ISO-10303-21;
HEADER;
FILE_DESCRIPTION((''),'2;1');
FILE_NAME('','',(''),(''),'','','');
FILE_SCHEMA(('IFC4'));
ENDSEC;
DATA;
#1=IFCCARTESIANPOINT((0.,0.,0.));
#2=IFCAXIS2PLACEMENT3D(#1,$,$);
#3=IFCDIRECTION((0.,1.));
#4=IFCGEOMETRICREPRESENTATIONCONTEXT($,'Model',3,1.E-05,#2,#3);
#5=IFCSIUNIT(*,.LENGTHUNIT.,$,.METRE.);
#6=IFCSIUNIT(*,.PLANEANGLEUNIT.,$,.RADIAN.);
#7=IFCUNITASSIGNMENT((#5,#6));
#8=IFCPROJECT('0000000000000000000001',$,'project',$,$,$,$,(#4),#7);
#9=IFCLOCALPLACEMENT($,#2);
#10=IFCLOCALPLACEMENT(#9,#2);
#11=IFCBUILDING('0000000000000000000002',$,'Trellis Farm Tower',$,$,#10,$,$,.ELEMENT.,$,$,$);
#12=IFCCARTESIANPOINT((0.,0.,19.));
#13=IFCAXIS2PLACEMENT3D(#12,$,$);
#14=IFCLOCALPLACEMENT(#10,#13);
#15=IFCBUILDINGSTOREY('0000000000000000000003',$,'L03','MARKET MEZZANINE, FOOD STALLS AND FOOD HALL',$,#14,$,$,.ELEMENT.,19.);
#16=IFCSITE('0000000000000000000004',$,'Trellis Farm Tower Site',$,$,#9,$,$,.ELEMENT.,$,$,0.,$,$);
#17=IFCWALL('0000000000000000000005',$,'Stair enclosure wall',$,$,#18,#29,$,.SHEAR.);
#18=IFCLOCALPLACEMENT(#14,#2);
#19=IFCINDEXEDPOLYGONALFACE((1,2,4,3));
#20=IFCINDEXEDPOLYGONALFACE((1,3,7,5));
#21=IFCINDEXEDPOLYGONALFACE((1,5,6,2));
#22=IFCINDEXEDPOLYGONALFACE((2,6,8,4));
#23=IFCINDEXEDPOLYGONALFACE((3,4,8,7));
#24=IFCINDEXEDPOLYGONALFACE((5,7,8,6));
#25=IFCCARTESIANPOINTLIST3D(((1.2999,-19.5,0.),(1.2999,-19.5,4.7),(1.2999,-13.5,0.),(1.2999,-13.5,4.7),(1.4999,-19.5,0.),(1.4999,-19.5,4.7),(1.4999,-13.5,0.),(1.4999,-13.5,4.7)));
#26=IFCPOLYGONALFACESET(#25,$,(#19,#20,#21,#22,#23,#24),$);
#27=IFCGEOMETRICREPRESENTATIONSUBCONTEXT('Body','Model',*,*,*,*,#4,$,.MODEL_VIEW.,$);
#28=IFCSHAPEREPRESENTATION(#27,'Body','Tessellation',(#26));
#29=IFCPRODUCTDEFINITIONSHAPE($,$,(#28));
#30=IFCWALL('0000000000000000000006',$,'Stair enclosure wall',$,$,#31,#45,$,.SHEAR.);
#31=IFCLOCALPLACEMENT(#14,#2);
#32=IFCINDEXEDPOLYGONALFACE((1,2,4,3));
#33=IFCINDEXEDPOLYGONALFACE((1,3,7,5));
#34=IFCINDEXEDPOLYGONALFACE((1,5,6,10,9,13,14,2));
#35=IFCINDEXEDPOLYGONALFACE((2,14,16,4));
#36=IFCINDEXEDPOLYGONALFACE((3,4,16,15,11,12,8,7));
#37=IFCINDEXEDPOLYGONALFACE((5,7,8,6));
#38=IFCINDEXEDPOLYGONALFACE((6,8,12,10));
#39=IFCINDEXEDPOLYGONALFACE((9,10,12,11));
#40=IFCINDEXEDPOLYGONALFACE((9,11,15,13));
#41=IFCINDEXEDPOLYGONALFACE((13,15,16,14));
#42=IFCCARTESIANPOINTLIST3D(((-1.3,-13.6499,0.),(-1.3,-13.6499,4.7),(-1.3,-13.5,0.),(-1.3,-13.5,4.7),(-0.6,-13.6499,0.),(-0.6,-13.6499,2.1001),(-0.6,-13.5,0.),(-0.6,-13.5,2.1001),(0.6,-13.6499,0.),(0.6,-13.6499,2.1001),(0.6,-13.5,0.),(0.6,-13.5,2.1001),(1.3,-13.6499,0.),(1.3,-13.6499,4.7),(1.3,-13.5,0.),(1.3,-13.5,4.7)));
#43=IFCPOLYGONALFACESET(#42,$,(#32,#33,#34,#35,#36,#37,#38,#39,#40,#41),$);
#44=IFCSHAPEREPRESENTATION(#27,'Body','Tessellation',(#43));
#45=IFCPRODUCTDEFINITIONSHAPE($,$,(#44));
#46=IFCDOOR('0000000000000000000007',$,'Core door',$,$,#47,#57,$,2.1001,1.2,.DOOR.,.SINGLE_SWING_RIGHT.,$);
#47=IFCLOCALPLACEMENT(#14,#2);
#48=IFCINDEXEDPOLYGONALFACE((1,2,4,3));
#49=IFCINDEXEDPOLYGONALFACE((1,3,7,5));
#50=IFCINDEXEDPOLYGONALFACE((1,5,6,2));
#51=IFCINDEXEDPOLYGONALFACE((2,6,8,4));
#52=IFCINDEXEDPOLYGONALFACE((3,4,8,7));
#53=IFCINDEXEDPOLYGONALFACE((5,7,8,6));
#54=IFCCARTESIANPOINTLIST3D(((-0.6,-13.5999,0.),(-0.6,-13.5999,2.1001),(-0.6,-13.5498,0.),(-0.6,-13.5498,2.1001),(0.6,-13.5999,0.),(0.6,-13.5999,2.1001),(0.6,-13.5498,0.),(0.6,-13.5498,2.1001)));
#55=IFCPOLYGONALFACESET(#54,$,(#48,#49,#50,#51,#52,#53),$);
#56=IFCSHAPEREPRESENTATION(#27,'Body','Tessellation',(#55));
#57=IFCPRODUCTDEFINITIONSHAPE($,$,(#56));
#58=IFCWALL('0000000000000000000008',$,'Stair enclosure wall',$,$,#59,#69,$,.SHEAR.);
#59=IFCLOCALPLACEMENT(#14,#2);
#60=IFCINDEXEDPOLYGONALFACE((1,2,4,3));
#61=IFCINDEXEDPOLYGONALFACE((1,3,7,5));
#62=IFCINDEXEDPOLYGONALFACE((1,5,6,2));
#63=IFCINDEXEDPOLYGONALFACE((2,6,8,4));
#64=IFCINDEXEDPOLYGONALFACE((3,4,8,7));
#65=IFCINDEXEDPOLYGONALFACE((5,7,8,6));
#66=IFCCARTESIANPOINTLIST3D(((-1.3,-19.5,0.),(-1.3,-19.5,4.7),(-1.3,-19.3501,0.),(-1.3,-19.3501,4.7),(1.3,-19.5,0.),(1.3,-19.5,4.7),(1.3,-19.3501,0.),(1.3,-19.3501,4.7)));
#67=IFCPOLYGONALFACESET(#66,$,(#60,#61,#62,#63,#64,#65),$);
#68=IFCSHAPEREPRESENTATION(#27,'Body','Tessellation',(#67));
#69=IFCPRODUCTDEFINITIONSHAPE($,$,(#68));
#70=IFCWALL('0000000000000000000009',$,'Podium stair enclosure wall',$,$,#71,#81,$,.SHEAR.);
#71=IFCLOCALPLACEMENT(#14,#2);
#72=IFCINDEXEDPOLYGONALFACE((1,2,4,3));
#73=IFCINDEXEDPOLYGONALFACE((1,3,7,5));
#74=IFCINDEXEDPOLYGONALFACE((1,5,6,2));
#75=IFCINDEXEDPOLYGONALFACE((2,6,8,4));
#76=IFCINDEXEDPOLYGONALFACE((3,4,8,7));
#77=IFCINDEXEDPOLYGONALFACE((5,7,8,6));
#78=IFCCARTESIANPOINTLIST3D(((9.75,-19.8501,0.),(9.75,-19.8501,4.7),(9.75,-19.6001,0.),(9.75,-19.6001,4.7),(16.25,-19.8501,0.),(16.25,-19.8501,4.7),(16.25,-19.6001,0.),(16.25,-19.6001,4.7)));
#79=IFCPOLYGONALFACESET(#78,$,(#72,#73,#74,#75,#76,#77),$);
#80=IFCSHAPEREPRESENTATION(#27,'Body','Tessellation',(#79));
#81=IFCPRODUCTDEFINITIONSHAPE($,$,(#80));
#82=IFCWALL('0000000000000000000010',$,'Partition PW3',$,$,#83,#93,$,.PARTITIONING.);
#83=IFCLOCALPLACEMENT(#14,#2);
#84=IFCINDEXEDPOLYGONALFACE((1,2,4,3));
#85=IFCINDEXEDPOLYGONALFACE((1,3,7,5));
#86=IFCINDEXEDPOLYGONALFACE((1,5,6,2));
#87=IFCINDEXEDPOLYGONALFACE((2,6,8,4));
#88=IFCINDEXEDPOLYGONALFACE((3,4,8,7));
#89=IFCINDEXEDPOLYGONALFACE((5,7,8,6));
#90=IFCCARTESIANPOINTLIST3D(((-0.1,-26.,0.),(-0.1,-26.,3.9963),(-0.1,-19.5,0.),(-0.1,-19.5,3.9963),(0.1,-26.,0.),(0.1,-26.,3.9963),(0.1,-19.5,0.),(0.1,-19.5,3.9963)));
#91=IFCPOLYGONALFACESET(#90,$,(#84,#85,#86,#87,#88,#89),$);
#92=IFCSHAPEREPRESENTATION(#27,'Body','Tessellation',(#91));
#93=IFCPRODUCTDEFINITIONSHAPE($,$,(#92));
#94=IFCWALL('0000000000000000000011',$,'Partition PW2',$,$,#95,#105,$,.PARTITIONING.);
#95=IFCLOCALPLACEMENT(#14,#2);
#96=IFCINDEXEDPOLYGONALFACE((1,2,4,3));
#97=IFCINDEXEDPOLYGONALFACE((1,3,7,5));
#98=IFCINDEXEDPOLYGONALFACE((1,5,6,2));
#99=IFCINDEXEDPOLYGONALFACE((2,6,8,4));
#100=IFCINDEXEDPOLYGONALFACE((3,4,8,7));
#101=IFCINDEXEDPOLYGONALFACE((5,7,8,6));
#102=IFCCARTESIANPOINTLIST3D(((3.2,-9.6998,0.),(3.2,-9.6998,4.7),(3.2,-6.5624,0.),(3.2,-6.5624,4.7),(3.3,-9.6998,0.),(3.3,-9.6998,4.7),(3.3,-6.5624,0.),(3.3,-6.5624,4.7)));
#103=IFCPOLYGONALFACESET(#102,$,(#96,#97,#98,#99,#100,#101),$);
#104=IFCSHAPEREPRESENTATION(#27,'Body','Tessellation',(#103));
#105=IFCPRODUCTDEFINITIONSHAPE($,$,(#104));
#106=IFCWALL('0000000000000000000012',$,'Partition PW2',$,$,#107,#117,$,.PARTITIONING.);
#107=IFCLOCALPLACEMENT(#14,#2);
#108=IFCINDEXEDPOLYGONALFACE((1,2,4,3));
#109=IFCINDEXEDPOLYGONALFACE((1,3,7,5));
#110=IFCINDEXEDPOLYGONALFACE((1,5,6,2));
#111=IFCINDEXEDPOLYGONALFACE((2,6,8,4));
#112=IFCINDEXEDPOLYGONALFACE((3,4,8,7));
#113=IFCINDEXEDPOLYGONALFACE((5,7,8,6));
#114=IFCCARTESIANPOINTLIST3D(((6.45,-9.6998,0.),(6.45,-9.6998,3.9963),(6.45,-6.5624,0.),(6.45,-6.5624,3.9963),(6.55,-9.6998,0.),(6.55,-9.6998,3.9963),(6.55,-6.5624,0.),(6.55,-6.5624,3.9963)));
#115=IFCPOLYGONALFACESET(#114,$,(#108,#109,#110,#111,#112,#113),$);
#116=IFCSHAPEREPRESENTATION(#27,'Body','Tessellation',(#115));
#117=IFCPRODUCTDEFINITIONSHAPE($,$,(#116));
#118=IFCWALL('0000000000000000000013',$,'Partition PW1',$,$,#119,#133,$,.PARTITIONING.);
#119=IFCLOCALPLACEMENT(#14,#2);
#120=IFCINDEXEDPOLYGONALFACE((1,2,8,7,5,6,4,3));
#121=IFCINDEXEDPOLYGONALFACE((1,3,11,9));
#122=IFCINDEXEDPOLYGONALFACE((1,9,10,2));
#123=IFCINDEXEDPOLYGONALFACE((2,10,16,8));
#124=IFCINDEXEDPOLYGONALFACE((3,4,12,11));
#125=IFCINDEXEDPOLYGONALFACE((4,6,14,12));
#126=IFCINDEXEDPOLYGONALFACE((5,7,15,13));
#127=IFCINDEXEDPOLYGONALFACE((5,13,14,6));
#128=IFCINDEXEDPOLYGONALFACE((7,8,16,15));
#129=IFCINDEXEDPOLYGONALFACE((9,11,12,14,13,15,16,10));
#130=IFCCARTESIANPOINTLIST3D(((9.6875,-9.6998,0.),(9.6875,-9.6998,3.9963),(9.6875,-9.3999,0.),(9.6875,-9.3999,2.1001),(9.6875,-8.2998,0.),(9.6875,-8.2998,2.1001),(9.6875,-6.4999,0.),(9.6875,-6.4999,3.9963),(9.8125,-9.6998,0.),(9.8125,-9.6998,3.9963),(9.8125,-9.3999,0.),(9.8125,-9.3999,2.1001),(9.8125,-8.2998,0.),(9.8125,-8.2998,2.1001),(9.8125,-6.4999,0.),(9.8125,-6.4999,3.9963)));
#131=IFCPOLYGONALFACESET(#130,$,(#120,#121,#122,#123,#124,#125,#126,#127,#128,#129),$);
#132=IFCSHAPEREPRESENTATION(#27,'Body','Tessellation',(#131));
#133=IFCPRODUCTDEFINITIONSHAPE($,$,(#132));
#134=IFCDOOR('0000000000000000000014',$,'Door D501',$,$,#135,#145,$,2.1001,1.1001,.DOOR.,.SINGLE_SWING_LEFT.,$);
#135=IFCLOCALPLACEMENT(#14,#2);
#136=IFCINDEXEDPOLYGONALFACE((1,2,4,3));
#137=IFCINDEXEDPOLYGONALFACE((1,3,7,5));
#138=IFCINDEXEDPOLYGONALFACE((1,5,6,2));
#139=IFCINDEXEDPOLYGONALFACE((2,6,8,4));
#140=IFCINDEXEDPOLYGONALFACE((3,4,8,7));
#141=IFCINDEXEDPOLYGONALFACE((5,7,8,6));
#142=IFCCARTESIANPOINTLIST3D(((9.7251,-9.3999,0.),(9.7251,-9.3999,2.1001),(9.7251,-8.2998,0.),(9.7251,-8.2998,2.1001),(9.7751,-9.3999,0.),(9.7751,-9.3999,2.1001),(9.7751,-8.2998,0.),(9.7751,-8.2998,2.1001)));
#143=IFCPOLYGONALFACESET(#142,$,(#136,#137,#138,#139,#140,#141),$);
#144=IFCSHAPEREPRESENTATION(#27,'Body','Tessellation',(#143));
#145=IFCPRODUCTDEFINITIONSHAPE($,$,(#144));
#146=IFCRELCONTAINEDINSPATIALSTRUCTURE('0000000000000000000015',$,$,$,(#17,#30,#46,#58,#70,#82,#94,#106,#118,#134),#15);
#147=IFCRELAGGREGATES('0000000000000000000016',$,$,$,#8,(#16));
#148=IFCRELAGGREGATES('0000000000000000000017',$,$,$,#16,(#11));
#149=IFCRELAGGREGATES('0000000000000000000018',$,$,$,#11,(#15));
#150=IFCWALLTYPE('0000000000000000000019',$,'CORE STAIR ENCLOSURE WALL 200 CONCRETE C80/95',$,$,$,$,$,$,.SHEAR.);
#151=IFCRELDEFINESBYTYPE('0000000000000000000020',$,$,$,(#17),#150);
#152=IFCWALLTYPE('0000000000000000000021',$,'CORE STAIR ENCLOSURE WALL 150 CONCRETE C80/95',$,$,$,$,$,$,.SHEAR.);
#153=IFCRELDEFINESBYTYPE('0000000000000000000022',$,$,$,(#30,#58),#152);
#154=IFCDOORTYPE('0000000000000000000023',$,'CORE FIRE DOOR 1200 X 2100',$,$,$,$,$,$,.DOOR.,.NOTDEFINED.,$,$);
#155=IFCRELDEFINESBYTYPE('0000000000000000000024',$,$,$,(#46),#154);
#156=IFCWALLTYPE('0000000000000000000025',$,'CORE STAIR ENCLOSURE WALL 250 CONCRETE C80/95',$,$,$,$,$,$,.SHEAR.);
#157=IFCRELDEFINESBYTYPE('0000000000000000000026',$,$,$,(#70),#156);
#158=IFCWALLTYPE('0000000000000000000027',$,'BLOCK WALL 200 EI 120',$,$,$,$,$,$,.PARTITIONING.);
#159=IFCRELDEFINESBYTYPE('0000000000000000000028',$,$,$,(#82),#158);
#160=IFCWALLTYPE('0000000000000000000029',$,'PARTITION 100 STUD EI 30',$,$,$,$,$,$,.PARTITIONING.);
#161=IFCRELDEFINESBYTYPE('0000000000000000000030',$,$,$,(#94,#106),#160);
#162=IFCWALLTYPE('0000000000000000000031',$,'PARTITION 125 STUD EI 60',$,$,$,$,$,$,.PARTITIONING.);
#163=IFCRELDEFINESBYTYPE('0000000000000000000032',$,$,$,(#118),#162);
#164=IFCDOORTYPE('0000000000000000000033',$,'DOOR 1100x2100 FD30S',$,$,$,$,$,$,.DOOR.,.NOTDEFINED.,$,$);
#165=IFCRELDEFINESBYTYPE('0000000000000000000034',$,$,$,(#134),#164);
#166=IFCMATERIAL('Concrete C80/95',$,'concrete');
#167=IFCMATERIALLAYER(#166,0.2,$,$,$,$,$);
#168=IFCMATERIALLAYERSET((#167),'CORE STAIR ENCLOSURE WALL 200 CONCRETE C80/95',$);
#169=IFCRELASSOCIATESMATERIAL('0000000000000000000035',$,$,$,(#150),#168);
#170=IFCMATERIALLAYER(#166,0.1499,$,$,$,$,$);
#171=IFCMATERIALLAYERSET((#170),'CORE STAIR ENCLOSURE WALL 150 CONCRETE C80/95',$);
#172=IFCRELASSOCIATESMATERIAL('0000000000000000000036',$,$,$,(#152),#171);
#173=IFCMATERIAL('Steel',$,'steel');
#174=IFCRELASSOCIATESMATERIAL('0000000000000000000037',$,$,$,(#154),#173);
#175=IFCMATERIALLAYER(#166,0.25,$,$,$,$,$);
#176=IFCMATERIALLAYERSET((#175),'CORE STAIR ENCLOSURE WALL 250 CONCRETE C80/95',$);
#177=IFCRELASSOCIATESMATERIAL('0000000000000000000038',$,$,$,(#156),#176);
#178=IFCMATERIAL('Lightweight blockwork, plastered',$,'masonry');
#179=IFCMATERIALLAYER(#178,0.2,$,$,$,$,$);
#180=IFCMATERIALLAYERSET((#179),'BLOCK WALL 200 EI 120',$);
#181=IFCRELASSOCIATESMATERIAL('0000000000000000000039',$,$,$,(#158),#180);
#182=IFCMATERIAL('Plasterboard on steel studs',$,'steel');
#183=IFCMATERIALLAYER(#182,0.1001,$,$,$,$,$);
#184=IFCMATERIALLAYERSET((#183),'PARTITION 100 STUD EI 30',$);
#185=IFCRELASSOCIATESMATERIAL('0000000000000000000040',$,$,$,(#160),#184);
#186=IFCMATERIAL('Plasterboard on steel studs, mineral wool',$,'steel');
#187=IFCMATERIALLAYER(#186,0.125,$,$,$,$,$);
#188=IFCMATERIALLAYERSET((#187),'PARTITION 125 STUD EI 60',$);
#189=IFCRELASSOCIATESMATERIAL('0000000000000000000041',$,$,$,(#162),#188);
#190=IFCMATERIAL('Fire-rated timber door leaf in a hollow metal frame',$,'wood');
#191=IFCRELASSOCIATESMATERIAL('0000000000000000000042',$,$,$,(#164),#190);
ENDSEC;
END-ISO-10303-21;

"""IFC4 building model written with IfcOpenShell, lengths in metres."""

from ifc_helpers import new_model, si_unit, direction, frame, frame_2d, origin, place, context, subcontext, project, spatial, rectangle, extrude, source, transform, mapped, material, layer, layer_set, type_object, element, fill, save


model = new_model("IFC4")

# Units and contexts
model_context = context("Model", 3, precision=1e-05, world=origin(), true_north=direction((0.0, 1.0)))
body_context = subcontext(model_context, "Body", "Model", "MODEL_VIEW")
ifc_project = project(units=[si_unit("LENGTHUNIT", "METRE"), si_unit("PLANEANGLEUNIT", "RADIAN")], contexts=[model_context])

# Site, building, storey
site_placement = place(None, origin())
site = spatial("IfcSite", under=ifc_project, at=site_placement, Name="Trellis Farm Tower Site", CompositionType="ELEMENT", RefElevation=0.0)
building_placement = place(site_placement, origin())
building = spatial("IfcBuilding", under=site, at=building_placement, Name="Trellis Farm Tower", CompositionType="ELEMENT")
storey_placement = place(building_placement, frame((0.0, 0.0, 19.0)))
storey = spatial("IfcBuildingStorey", under=building, at=storey_placement, Name="L03", Description="MARKET MEZZANINE, FOOD STALLS AND FOOD HALL", CompositionType="ELEMENT", Elevation=19.0)

# Shared definitions
ifc_material_1 = material(Name="Concrete C80/95", Category="concrete")

# Wall
ifc_layer_1 = layer(ifc_material_1, 0.2)
ifc_layer_set_1 = layer_set([ifc_layer_1], Name="CORE STAIR ENCLOSURE WALL 200 CONCRETE C80/95")
wall_type_1 = type_object("IfcWallType", Name="CORE STAIR ENCLOSURE WALL 200 CONCRETE C80/95", PredefinedType="SHEAR", material=ifc_layer_set_1)
shared_shape_1 = source(origin(), body_context, "Body", "SweptSolid", [
    extrude(rectangle(XDim=6.0, YDim=0.2, at=frame_2d((3.0, 0.0))), origin(), (0.0, 0.0, 1.0), 4.7),
])
wall_1_placement = place(storey_placement, frame((1.3999, -13.5, 0.0), z_axis=(0.0, 0.0, 1.0), x_axis=(0.0, -1.0, 0.0)))
element("IfcWall", 1, at=wall_1_placement, inside=storey, type_object=wall_type_1, Name="Stair enclosure wall", PredefinedType="SHEAR", context=body_context, shape_type="MappedRepresentation", body=[
    mapped(shared_shape_1, transform((0.0, 0.0, 0.0))),
])

# Wall, opening, door
ifc_layer_2 = layer(ifc_material_1, 0.1499)
ifc_layer_set_2 = layer_set([ifc_layer_2], Name="CORE STAIR ENCLOSURE WALL 150 CONCRETE C80/95")
wall_type_2 = type_object("IfcWallType", Name="CORE STAIR ENCLOSURE WALL 150 CONCRETE C80/95", PredefinedType="SHEAR", material=ifc_layer_set_2)
shared_shape_2 = source(origin(), body_context, "Body", "SweptSolid", [
    extrude(rectangle(XDim=2.6001, YDim=0.1499, at=frame_2d((1.3, 0.0))), origin(), (0.0, 0.0, 1.0), 4.7),
])
wall_2_placement = place(storey_placement, frame((1.3, -13.575, 0.0), z_axis=(0.0, 0.0, 1.0), x_axis=(-1.0, 0.0, 0.0)))
wall_2 = element("IfcWall", 2, at=wall_2_placement, inside=storey, type_object=wall_type_2, Name="Stair enclosure wall", PredefinedType="SHEAR", context=body_context, shape_type="MappedRepresentation", body=[
    mapped(shared_shape_2, transform((0.0, 0.0, 0.0))),
])
shared_shape_3 = source(origin(), body_context, "Body", "SweptSolid", [
    extrude(rectangle(XDim=1.2, YDim=2.1001, at=frame_2d((0.6001, 1.05))), frame((0.0, 0.085, 0.0), z_axis=(0.0, -1.0, 0.0), x_axis=(1.0, 0.0, 0.0)), (0.0, 0.0, 1.0), 0.1699),
])
opening_1_placement = place(wall_2_placement, frame((0.7, 0.0, 0.0)))
opening_1 = element("IfcOpeningElement", 3, at=opening_1_placement, cuts=wall_2, PredefinedType="OPENING", context=body_context, shape_type="MappedRepresentation", body=[
    mapped(shared_shape_3, transform((0.0, 0.0, 0.0))),
])
ifc_material_2 = material(Name="Steel", Category="steel")
door_type_1 = type_object("IfcDoorType", Name="CORE FIRE DOOR 1200 X 2100", OperationType="NOTDEFINED", PredefinedType="DOOR", material=ifc_material_2)
shared_shape_4 = source(origin(), body_context, "Body", "SweptSolid", [
    extrude(rectangle(XDim=1.2, YDim=2.1001, at=frame_2d((0.6001, 1.05))), frame((0.0, 0.0249, 0.0), z_axis=(0.0, -1.0, 0.0), x_axis=(1.0, 0.0, 0.0)), (0.0, 0.0, 1.0), 0.05),
])
door_1_placement = place(opening_1_placement, origin())
door_1 = element("IfcDoor", 4, at=door_1_placement, inside=storey, type_object=door_type_1, Name="Core door", OperationType="SINGLE_SWING_RIGHT", OverallHeight=2.1001, OverallWidth=1.2, PredefinedType="DOOR", context=body_context, shape_type="MappedRepresentation", body=[
    mapped(shared_shape_4, transform((0.0, 0.0, 0.0))),
])
fill(opening_1, door_1)

# Walls
wall_3_placement = place(storey_placement, frame((1.3, -19.425, 0.0), z_axis=(0.0, 0.0, 1.0), x_axis=(-1.0, 0.0, 0.0)))
element("IfcWall", 5, at=wall_3_placement, inside=storey, type_object=wall_type_2, Name="Stair enclosure wall", PredefinedType="SHEAR", context=body_context, shape_type="MappedRepresentation", body=[
    mapped(shared_shape_2, transform((0.0, 0.0, 0.0))),
])
ifc_layer_3 = layer(ifc_material_1, 0.25)
ifc_layer_set_3 = layer_set([ifc_layer_3], Name="CORE STAIR ENCLOSURE WALL 250 CONCRETE C80/95")
wall_type_3 = type_object("IfcWallType", Name="CORE STAIR ENCLOSURE WALL 250 CONCRETE C80/95", PredefinedType="SHEAR", material=ifc_layer_set_3)
shared_shape_5 = source(origin(), body_context, "Body", "SweptSolid", [
    extrude(rectangle(XDim=6.5, YDim=0.25, at=frame_2d((3.25, 0.0))), origin(), (0.0, 0.0, 1.0), 4.7),
])
wall_4_placement = place(storey_placement, frame((9.75, -19.7251, 0.0), z_axis=(0.0, 0.0, 1.0), x_axis=(1.0, 0.0, 0.0)))
element("IfcWall", 6, at=wall_4_placement, inside=storey, type_object=wall_type_3, Name="Podium stair enclosure wall", PredefinedType="SHEAR", context=body_context, shape_type="MappedRepresentation", body=[
    mapped(shared_shape_5, transform((0.0, 0.0, 0.0))),
])
ifc_material_3 = material(Name="Lightweight blockwork, plastered", Category="masonry")
ifc_layer_4 = layer(ifc_material_3, 0.2)
ifc_layer_set_4 = layer_set([ifc_layer_4], Name="BLOCK WALL 200 EI 120")
wall_type_4 = type_object("IfcWallType", Name="BLOCK WALL 200 EI 120", PredefinedType="PARTITIONING", material=ifc_layer_set_4)
shared_shape_6 = source(origin(), body_context, "Body", "SweptSolid", [
    extrude(rectangle(XDim=6.5, YDim=0.2, at=frame_2d((3.25, 0.0))), origin(), (0.0, 0.0, 1.0), 3.9963),
])
wall_5_placement = place(storey_placement, frame((0.0, -19.5, 0.0), z_axis=(0.0, 0.0, 1.0), x_axis=(0.0, -1.0, 0.0)))
element("IfcWall", 7, at=wall_5_placement, inside=storey, type_object=wall_type_4, Name="Partition PW3", PredefinedType="PARTITIONING", context=body_context, shape_type="MappedRepresentation", body=[
    mapped(shared_shape_6, transform((0.0, 0.0, 0.0))),
])
ifc_material_4 = material(Name="Plasterboard on steel studs", Category="steel")
ifc_layer_5 = layer(ifc_material_4, 0.1001)
ifc_layer_set_5 = layer_set([ifc_layer_5], Name="PARTITION 100 STUD EI 30")
wall_type_5 = type_object("IfcWallType", Name="PARTITION 100 STUD EI 30", PredefinedType="PARTITIONING", material=ifc_layer_set_5)
shared_shape_7 = source(origin(), body_context, "Body", "SweptSolid", [
    extrude(rectangle(XDim=3.1375, YDim=0.1001, at=frame_2d((1.5688, 0.0))), origin(), (0.0, 0.0, 1.0), 4.7),
])
wall_6_placement = place(storey_placement, frame((3.25, -9.7, 0.0), z_axis=(0.0, 0.0, 1.0), x_axis=(0.0, 1.0, 0.0)))
element("IfcWall", 8, at=wall_6_placement, inside=storey, type_object=wall_type_5, Name="Partition PW2", PredefinedType="PARTITIONING", context=body_context, shape_type="MappedRepresentation", body=[
    mapped(shared_shape_7, transform((0.0, 0.0, 0.0))),
])
shared_shape_8 = source(origin(), body_context, "Body", "SweptSolid", [
    extrude(rectangle(XDim=3.1375, YDim=0.1001, at=frame_2d((1.5688, 0.0))), origin(), (0.0, 0.0, 1.0), 3.9963),
])
wall_7_placement = place(storey_placement, frame((6.5, -9.7, 0.0), z_axis=(0.0, 0.0, 1.0), x_axis=(0.0, 1.0, 0.0)))
element("IfcWall", 9, at=wall_7_placement, inside=storey, type_object=wall_type_5, Name="Partition PW2", PredefinedType="PARTITIONING", context=body_context, shape_type="MappedRepresentation", body=[
    mapped(shared_shape_8, transform((0.0, 0.0, 0.0))),
])

# Wall, opening, door
ifc_material_5 = material(Name="Plasterboard on steel studs, mineral wool", Category="steel")
ifc_layer_6 = layer(ifc_material_5, 0.125)
ifc_layer_set_6 = layer_set([ifc_layer_6], Name="PARTITION 125 STUD EI 60")
wall_type_6 = type_object("IfcWallType", Name="PARTITION 125 STUD EI 60", PredefinedType="PARTITIONING", material=ifc_layer_set_6)
shared_shape_9 = source(origin(), body_context, "Body", "SweptSolid", [
    extrude(rectangle(XDim=3.2, YDim=0.125, at=frame_2d((1.6001, 0.0))), origin(), (0.0, 0.0, 1.0), 3.9963),
])
wall_8_placement = place(storey_placement, frame((9.75, -9.7, 0.0), z_axis=(0.0, 0.0, 1.0), x_axis=(0.0, 1.0, 0.0)))
wall_8 = element("IfcWall", 10, at=wall_8_placement, inside=storey, type_object=wall_type_6, Name="Partition PW1", PredefinedType="PARTITIONING", context=body_context, shape_type="MappedRepresentation", body=[
    mapped(shared_shape_9, transform((0.0, 0.0, 0.0))),
])
shared_shape_10 = source(origin(), body_context, "Body", "SweptSolid", [
    extrude(rectangle(XDim=1.1001, YDim=2.1001, at=frame_2d((0.55, 1.05))), frame((0.0, 0.0725, 0.0), z_axis=(0.0, -1.0, 0.0), x_axis=(1.0, 0.0, 0.0)), (0.0, 0.0, 1.0), 0.145),
])
opening_2_placement = place(wall_8_placement, frame((0.3, 0.0, 0.0)))
opening_2 = element("IfcOpeningElement", 11, at=opening_2_placement, cuts=wall_8, PredefinedType="OPENING", context=body_context, shape_type="MappedRepresentation", body=[
    mapped(shared_shape_10, transform((0.0, 0.0, 0.0))),
])
ifc_material_6 = material(Name="Fire-rated timber door leaf in a hollow metal frame", Category="wood")
door_type_2 = type_object("IfcDoorType", Name="DOOR 1100x2100 FD30S", OperationType="NOTDEFINED", PredefinedType="DOOR", material=ifc_material_6)
shared_shape_11 = source(origin(), body_context, "Body", "SweptSolid", [
    extrude(rectangle(XDim=1.1001, YDim=2.1001, at=frame_2d((0.55, 1.05))), frame((0.0, 0.0249, 0.0), z_axis=(0.0, -1.0, 0.0), x_axis=(1.0, 0.0, 0.0)), (0.0, 0.0, 1.0), 0.05),
])
door_2_placement = place(opening_2_placement, origin())
door_2 = element("IfcDoor", 12, at=door_2_placement, inside=storey, type_object=door_type_2, Name="Door D501", OperationType="SINGLE_SWING_LEFT", OverallHeight=2.1001, OverallWidth=1.1001, PredefinedType="DOOR", context=body_context, shape_type="MappedRepresentation", body=[
    mapped(shared_shape_11, transform((0.0, 0.0, 0.0))),
])
fill(opening_2, door_2)

save(model, "model.ifc")
